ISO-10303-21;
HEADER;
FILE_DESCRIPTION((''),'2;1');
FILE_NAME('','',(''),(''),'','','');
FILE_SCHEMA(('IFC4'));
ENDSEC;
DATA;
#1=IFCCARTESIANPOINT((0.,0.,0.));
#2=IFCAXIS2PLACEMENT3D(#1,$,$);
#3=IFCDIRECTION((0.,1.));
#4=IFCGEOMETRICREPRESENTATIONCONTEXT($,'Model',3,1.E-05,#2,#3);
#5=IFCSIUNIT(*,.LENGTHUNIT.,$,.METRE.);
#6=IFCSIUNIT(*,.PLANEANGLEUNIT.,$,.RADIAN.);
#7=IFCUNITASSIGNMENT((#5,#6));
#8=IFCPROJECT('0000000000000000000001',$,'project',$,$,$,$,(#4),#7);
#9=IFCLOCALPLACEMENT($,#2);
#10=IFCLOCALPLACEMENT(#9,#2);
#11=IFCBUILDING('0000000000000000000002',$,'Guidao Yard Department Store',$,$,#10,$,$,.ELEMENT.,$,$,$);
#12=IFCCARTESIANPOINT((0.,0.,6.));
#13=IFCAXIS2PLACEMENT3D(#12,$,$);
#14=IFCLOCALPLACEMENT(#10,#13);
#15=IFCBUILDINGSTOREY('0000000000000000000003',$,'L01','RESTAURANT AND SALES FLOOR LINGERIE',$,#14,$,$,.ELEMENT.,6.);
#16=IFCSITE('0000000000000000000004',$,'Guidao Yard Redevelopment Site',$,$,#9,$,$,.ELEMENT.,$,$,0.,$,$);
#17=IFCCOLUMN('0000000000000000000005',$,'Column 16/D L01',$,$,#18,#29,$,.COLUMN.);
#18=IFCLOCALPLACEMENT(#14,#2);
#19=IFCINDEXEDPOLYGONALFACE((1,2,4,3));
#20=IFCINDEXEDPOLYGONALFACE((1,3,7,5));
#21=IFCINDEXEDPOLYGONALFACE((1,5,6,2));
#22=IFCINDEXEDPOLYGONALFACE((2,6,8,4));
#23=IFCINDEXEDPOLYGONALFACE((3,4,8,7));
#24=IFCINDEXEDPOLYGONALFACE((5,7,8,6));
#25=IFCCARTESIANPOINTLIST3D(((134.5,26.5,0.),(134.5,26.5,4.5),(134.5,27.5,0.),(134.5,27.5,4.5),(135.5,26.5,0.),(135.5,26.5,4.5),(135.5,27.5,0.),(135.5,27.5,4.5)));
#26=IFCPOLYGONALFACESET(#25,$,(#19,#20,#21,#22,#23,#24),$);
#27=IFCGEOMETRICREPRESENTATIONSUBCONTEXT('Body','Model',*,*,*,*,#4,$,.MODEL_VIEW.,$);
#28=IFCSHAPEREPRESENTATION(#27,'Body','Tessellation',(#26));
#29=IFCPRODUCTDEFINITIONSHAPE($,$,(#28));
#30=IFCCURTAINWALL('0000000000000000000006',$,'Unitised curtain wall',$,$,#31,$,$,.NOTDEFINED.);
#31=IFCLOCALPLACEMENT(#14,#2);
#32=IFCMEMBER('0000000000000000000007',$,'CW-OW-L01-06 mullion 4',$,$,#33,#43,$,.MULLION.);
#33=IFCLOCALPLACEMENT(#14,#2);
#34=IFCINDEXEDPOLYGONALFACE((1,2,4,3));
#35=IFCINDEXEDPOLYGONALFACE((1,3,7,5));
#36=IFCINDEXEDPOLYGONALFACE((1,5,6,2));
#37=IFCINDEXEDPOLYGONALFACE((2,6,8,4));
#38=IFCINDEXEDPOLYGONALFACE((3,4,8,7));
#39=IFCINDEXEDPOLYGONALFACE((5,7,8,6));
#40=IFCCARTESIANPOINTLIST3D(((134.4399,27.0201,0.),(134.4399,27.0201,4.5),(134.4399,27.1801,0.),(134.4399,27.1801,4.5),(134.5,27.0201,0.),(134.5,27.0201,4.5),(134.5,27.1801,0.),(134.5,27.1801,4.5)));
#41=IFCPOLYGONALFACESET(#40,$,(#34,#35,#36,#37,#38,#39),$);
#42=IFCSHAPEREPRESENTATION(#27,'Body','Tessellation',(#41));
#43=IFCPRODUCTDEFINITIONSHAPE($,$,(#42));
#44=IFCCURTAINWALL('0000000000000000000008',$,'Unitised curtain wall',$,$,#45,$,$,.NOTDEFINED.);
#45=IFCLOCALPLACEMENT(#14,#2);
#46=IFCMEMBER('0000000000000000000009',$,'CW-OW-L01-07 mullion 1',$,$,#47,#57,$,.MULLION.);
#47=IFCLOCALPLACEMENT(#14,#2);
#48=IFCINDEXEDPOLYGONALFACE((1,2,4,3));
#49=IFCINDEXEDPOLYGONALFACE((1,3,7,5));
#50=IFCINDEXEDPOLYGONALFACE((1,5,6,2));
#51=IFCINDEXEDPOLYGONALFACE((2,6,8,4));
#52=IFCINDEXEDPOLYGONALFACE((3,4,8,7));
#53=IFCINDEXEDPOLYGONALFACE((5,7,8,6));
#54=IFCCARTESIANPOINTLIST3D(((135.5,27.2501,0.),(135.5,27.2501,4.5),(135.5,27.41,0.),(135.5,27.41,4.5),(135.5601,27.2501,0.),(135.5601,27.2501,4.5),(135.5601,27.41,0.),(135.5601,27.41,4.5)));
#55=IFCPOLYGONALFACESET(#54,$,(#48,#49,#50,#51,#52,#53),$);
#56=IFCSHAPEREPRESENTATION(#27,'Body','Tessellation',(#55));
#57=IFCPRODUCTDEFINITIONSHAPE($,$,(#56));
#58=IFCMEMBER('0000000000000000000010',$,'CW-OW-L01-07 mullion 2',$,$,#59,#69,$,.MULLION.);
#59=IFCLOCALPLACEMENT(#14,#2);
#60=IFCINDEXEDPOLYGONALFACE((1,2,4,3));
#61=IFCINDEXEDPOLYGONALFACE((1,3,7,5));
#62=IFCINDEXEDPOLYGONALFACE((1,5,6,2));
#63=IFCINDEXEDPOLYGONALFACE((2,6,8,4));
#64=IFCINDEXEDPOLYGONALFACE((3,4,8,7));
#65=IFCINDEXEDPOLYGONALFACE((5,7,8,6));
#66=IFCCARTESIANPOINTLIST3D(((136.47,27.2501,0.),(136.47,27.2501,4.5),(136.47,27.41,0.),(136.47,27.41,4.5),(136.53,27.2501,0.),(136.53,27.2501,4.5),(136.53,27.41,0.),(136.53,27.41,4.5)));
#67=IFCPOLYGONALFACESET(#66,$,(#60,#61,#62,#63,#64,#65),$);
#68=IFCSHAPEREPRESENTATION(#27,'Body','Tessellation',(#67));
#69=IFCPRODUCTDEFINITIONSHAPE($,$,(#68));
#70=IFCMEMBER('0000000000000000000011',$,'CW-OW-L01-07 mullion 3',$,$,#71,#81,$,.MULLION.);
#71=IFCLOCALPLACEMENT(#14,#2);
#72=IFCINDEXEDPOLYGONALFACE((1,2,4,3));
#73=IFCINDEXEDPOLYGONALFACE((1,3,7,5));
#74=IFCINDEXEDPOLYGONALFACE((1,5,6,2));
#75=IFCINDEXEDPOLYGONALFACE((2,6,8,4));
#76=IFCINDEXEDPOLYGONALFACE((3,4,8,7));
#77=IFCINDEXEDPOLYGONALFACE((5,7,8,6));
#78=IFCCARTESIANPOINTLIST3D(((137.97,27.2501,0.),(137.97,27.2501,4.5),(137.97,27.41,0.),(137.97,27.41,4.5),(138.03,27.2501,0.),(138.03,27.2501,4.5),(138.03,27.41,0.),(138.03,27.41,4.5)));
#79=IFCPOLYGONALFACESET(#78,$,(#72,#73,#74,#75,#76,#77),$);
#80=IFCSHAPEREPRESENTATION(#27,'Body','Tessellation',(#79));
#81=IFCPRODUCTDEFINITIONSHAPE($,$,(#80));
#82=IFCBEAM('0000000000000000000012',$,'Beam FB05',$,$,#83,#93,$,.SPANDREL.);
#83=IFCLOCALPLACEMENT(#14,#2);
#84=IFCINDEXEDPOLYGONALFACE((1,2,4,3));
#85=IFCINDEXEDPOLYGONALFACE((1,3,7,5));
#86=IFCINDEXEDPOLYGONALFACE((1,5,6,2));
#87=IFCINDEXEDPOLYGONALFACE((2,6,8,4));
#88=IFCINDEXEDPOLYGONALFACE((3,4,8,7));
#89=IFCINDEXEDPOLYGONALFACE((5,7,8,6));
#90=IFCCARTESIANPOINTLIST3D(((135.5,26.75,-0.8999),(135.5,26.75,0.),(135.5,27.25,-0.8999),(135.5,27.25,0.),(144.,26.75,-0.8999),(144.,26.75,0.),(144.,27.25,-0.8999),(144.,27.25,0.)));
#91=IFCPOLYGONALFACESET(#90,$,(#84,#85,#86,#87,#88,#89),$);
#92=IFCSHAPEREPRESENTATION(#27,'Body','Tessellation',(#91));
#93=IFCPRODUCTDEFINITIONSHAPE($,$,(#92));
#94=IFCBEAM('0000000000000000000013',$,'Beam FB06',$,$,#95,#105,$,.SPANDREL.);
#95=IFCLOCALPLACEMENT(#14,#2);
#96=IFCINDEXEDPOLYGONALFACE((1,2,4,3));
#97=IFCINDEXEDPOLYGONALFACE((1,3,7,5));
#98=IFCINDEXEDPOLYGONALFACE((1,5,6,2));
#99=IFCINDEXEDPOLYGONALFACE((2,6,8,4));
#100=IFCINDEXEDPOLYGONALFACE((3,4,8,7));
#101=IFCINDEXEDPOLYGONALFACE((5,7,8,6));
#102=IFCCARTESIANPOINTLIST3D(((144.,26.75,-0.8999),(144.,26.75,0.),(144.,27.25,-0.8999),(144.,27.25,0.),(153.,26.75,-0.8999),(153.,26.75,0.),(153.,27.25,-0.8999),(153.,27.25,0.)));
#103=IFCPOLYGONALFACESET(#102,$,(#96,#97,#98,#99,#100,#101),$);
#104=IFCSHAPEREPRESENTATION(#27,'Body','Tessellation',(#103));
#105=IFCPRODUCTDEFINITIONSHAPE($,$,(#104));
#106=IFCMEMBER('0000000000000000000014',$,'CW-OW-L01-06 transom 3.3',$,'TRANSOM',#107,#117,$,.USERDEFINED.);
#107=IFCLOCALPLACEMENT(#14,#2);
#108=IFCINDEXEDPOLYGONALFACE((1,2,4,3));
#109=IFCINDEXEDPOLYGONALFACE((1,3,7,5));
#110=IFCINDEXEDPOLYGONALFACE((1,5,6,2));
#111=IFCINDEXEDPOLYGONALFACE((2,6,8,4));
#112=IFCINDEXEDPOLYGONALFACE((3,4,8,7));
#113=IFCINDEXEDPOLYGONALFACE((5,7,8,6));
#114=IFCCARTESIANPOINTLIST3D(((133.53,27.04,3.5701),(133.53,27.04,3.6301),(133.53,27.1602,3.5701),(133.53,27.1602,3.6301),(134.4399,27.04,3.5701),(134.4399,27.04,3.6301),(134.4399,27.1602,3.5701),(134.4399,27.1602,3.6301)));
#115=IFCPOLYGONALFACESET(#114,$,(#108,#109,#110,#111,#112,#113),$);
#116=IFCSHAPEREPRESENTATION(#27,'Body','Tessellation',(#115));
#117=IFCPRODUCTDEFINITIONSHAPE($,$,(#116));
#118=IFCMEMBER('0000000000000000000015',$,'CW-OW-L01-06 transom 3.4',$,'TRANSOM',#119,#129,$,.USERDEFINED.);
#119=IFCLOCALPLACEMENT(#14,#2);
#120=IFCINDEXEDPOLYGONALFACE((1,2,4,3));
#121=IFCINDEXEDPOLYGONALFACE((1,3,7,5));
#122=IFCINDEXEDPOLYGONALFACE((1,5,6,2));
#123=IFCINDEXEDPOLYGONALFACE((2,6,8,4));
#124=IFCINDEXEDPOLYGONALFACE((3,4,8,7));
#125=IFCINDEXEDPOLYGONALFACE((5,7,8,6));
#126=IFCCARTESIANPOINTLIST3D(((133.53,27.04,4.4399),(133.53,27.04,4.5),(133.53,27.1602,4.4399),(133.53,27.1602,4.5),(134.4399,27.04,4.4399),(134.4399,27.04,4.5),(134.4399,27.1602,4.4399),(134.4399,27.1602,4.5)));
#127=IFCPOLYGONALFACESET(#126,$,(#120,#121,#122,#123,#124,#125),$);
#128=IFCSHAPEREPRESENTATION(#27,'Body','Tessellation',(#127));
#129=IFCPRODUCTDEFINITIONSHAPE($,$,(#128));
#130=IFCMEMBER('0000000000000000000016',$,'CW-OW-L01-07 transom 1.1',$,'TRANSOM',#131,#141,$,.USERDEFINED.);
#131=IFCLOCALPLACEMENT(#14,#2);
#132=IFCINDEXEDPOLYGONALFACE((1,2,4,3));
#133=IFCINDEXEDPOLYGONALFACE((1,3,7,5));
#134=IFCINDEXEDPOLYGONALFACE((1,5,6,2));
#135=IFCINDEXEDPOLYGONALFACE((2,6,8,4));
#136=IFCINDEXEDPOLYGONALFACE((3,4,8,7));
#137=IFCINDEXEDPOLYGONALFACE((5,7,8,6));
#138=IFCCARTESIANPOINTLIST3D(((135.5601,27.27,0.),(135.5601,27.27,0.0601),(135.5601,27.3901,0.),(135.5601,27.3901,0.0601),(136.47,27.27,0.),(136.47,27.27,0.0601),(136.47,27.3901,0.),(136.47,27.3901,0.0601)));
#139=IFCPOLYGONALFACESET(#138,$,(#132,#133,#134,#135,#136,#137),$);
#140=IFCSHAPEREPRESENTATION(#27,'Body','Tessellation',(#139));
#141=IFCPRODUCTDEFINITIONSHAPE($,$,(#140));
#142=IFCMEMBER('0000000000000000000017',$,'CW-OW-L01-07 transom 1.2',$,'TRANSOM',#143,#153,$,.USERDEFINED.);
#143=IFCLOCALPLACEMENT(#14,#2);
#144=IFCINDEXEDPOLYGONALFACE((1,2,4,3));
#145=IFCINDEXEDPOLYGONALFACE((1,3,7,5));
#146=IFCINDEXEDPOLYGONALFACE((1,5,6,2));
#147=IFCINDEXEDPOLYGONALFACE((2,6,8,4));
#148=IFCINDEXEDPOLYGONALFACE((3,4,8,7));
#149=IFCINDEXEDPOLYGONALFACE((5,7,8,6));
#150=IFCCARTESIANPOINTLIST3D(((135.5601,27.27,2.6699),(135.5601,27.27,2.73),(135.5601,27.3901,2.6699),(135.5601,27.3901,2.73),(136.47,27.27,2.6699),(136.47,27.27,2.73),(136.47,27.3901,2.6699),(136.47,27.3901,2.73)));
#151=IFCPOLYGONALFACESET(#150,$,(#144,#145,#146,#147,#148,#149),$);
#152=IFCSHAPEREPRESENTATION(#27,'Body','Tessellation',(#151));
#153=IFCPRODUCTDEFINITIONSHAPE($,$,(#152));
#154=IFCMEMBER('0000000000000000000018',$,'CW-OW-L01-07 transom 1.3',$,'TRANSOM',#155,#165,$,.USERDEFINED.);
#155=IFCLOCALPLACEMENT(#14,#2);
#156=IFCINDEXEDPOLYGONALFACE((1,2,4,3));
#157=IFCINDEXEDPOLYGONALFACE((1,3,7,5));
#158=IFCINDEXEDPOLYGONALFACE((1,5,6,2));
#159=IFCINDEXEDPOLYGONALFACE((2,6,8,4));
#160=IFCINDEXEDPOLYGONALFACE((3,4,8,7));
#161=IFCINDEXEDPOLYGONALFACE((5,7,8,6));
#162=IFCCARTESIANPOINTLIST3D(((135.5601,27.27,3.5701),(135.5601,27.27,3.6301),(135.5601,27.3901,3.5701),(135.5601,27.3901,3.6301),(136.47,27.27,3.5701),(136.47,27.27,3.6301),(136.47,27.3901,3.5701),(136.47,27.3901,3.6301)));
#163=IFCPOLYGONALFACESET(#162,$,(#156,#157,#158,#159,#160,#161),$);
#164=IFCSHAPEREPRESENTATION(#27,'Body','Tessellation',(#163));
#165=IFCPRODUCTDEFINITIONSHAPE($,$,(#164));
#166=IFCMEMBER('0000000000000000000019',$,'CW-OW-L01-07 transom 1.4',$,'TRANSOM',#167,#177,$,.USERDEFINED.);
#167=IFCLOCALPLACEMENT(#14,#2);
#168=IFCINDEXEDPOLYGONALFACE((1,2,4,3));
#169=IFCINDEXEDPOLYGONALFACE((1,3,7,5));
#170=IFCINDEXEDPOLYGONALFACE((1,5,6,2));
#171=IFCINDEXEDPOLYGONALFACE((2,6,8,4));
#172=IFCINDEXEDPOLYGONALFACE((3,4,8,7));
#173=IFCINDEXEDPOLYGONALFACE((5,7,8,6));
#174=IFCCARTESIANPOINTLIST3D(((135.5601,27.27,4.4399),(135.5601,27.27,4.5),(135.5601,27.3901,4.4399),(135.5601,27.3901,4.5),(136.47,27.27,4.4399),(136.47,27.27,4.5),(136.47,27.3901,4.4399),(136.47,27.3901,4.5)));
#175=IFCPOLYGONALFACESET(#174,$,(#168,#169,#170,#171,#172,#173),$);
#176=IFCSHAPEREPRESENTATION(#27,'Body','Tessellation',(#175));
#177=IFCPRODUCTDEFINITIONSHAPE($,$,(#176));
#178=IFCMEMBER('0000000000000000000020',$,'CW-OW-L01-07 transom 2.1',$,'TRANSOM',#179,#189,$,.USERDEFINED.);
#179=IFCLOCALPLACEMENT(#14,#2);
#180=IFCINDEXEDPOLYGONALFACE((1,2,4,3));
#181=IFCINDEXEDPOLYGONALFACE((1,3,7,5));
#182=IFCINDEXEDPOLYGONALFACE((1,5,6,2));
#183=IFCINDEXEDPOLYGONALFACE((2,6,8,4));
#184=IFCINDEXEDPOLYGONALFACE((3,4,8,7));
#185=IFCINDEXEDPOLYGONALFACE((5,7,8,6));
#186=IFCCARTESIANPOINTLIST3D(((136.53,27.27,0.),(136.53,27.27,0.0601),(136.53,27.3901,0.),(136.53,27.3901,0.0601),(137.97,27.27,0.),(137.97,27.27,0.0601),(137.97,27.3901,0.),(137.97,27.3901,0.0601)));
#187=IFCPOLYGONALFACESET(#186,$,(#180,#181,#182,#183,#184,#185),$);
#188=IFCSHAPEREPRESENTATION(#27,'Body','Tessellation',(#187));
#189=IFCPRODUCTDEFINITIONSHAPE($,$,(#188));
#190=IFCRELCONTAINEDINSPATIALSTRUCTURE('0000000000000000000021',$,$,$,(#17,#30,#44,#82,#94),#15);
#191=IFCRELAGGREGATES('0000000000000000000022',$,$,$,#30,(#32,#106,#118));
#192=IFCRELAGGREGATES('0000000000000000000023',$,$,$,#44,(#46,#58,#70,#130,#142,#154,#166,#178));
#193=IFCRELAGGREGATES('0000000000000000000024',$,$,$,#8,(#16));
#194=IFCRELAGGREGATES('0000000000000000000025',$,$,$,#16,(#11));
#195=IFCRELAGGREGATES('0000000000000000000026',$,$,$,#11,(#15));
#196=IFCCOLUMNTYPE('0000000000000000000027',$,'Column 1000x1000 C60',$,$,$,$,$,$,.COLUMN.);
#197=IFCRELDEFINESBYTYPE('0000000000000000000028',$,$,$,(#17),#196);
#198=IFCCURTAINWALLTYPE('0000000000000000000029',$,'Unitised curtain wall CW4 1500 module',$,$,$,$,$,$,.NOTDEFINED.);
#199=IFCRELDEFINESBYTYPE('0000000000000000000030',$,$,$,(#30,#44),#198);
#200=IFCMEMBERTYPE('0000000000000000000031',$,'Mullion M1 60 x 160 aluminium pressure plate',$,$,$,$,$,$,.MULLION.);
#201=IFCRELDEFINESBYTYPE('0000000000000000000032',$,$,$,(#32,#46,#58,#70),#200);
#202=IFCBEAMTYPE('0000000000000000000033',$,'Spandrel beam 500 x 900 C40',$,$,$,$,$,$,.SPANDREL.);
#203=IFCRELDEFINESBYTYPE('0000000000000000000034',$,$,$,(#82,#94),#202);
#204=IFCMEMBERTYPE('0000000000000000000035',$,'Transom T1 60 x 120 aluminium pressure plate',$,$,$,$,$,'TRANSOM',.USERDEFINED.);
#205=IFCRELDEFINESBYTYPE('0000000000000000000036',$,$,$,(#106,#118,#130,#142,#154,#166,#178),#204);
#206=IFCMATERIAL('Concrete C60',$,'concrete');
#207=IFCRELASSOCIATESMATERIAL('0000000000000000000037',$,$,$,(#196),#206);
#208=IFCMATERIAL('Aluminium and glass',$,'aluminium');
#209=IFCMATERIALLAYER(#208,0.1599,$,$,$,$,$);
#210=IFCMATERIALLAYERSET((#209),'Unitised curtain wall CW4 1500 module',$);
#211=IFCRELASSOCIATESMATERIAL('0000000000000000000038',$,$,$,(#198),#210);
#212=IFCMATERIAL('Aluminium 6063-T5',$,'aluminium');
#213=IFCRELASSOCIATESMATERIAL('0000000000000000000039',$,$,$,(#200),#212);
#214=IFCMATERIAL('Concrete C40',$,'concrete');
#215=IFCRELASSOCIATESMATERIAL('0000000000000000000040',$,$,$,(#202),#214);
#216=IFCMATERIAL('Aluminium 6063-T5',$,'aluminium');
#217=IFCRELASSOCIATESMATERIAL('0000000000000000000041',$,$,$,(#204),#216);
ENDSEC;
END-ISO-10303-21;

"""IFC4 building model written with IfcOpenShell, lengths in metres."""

from ifc_helpers import new_model, si_unit, direction, frame, origin, origin_2d, place, context, subcontext, project, spatial, rectangle, extrude, material, layer, layer_set, material_profile, profile_set, type_object, element, aggregate, save


model = new_model("IFC4")

# Units and contexts
model_context = context("Model", 3, precision=1e-05, world=origin(), true_north=direction((0.0, 1.0)))
body_context = subcontext(model_context, "Body", "Model", "MODEL_VIEW")
ifc_project = project(units=[si_unit("LENGTHUNIT", "METRE"), si_unit("PLANEANGLEUNIT", "RADIAN")], contexts=[model_context])

# Site, building, storey
site_placement = place(None, origin())
site = spatial("IfcSite", under=ifc_project, at=site_placement, Name="Guidao Yard Redevelopment Site", CompositionType="ELEMENT", RefElevation=0.0)
building_placement = place(site_placement, origin())
building = spatial("IfcBuilding", under=site, at=building_placement, Name="Guidao Yard Department Store", CompositionType="ELEMENT")
storey_placement = place(building_placement, frame((0.0, 0.0, 6.0)))
storey = spatial("IfcBuildingStorey", under=building, at=storey_placement, Name="L01", Description="RESTAURANT AND SALES FLOOR LINGERIE", CompositionType="ELEMENT", Elevation=6.0)

# Column
ifc_material_1 = material(Name="Concrete C60", Category="concrete")
ifc_material_profile_1 = material_profile(ifc_material_1, rectangle(XDim=1.0, YDim=1.0, at=origin_2d()), Name="COL 1000x1000")
ifc_profile_set_1 = profile_set([ifc_material_profile_1], Name="Concrete C60")
column_type = type_object("IfcColumnType", Name="Column 1000x1000 C60", PredefinedType="COLUMN", material=ifc_profile_set_1)
column_placement = place(storey_placement, frame((135.0, 27.0, 0.0), z_axis=(0.0, 0.0, 1.0), x_axis=(1.0, 0.0, 0.0)))
element("IfcColumn", 1, at=column_placement, inside=storey, type_object=column_type, Name="Column 16/D L01", PredefinedType="COLUMN", context=body_context, shape_type="SweptSolid", body=[
    extrude(rectangle(XDim=1.0, YDim=1.0, at=origin_2d()), origin(), (0.0, 0.0, 1.0), 4.5),
])

# Curtain wall, member
ifc_material_2 = material(Name="Aluminium and glass", Category="aluminium")
ifc_layer_1 = layer(ifc_material_2, 0.1599)
ifc_layer_set_1 = layer_set([ifc_layer_1], Name="Unitised curtain wall CW4 1500 module")
curtain_wall_type = type_object("IfcCurtainWallType", Name="Unitised curtain wall CW4 1500 module", PredefinedType="NOTDEFINED", material=ifc_layer_set_1)
curtain_wall_1_placement = place(storey_placement, origin())
curtain_wall_1 = element("IfcCurtainWall", 2, at=curtain_wall_1_placement, inside=storey, type_object=curtain_wall_type, Name="Unitised curtain wall", PredefinedType="NOTDEFINED")
ifc_material_3 = material(Name="Aluminium 6063-T5", Category="aluminium")
ifc_material_profile_2 = material_profile(ifc_material_3, rectangle(XDim=0.0601, YDim=0.1599, at=origin_2d()), Name="Mullion M1 60 x 160 aluminium pressure plate")
ifc_profile_set_2 = profile_set([ifc_material_profile_2], Name="Aluminium 6063-T5")
member_type_1 = type_object("IfcMemberType", Name="Mullion M1 60 x 160 aluminium pressure plate", PredefinedType="MULLION", material=ifc_profile_set_2)
member_1_placement = place(storey_placement, frame((134.47, 27.1001, 0.0), z_axis=(0.0, 0.0, 1.0), x_axis=(1.0, 0.0, 0.0)))
member_1 = element("IfcMember", 3, at=member_1_placement, type_object=member_type_1, Name="CW-OW-L01-06 mullion 4", PredefinedType="MULLION", context=body_context, shape_type="SweptSolid", body=[
    extrude(rectangle(XDim=0.0601, YDim=0.1599, at=origin_2d()), origin(), (0.0, 0.0, 1.0), 4.5),
])

# Curtain wall, members
curtain_wall_2_placement = place(storey_placement, origin())
curtain_wall_2 = element("IfcCurtainWall", 4, at=curtain_wall_2_placement, inside=storey, type_object=curtain_wall_type, Name="Unitised curtain wall", PredefinedType="NOTDEFINED")
member_2_placement = place(storey_placement, frame((135.53, 27.3301, 0.0), z_axis=(0.0, 0.0, 1.0), x_axis=(1.0, 0.0, 0.0)))
member_2 = element("IfcMember", 5, at=member_2_placement, type_object=member_type_1, Name="CW-OW-L01-07 mullion 1", PredefinedType="MULLION", context=body_context, shape_type="SweptSolid", body=[
    extrude(rectangle(XDim=0.0601, YDim=0.1599, at=origin_2d()), origin(), (0.0, 0.0, 1.0), 4.5),
])
member_3_placement = place(storey_placement, frame((136.5, 27.3301, 0.0), z_axis=(0.0, 0.0, 1.0), x_axis=(1.0, 0.0, 0.0)))
member_3 = element("IfcMember", 6, at=member_3_placement, type_object=member_type_1, Name="CW-OW-L01-07 mullion 2", PredefinedType="MULLION", context=body_context, shape_type="SweptSolid", body=[
    extrude(rectangle(XDim=0.0601, YDim=0.1599, at=origin_2d()), origin(), (0.0, 0.0, 1.0), 4.5),
])
member_4_placement = place(storey_placement, frame((138.0, 27.3301, 0.0), z_axis=(0.0, 0.0, 1.0), x_axis=(1.0, 0.0, 0.0)))
member_4 = element("IfcMember", 7, at=member_4_placement, type_object=member_type_1, Name="CW-OW-L01-07 mullion 3", PredefinedType="MULLION", context=body_context, shape_type="SweptSolid", body=[
    extrude(rectangle(XDim=0.0601, YDim=0.1599, at=origin_2d()), origin(), (0.0, 0.0, 1.0), 4.5),
])

# Beams
ifc_material_4 = material(Name="Concrete C40", Category="concrete")
ifc_material_profile_3 = material_profile(ifc_material_4, rectangle(XDim=0.5, YDim=0.8999, at=origin_2d()), Name="Spandrel beam 500 x 900 C40")
ifc_profile_set_3 = profile_set([ifc_material_profile_3], Name="Concrete C40")
beam_type = type_object("IfcBeamType", Name="Spandrel beam 500 x 900 C40", PredefinedType="SPANDREL", material=ifc_profile_set_3)
beam_1_placement = place(storey_placement, frame((135.5, 27.0, -0.45), z_axis=(1.0, 0.0, 0.0), x_axis=(0.0, 1.0, 0.0)))
element("IfcBeam", 8, at=beam_1_placement, inside=storey, type_object=beam_type, Name="Beam FB05", PredefinedType="SPANDREL", context=body_context, shape_type="SweptSolid", body=[
    extrude(rectangle(XDim=0.5, YDim=0.8999, at=origin_2d()), origin(), (0.0, 0.0, 1.0), 8.5),
])
beam_2_placement = place(storey_placement, frame((144.0, 27.0, -0.45), z_axis=(1.0, 0.0, 0.0), x_axis=(0.0, 1.0, 0.0)))
element("IfcBeam", 9, at=beam_2_placement, inside=storey, type_object=beam_type, Name="Beam FB06", PredefinedType="SPANDREL", context=body_context, shape_type="SweptSolid", body=[
    extrude(rectangle(XDim=0.5, YDim=0.8999, at=origin_2d()), origin(), (0.0, 0.0, 1.0), 9.0),
])

# Members
ifc_material_5 = material(Name="Aluminium 6063-T5", Category="aluminium")
ifc_material_profile_4 = material_profile(ifc_material_5, rectangle(XDim=0.1201, YDim=0.0601, at=origin_2d()), Name="Transom T1 60 x 120 aluminium pressure plate")
ifc_profile_set_4 = profile_set([ifc_material_profile_4], Name="Aluminium 6063-T5")
member_type_2 = type_object("IfcMemberType", Name="Transom T1 60 x 120 aluminium pressure plate", ElementType="TRANSOM", PredefinedType="USERDEFINED", material=ifc_profile_set_4)
member_5_placement = place(storey_placement, frame((133.53, 27.1001, 3.6001), z_axis=(1.0, 0.0, 0.0), x_axis=(0.0, 1.0, 0.0)))
member_5 = element("IfcMember", 10, at=member_5_placement, type_object=member_type_2, Name="CW-OW-L01-06 transom 3.3", ObjectType="TRANSOM", PredefinedType="USERDEFINED", context=body_context, shape_type="SweptSolid", body=[
    extrude(rectangle(XDim=0.1201, YDim=0.0601, at=origin_2d()), origin(), (0.0, 0.0, 1.0), 0.9099),
])
member_6_placement = place(storey_placement, frame((133.53, 27.1001, 4.47), z_axis=(1.0, 0.0, 0.0), x_axis=(0.0, 1.0, 0.0)))
member_6 = element("IfcMember", 11, at=member_6_placement, type_object=member_type_2, Name="CW-OW-L01-06 transom 3.4", ObjectType="TRANSOM", PredefinedType="USERDEFINED", context=body_context, shape_type="SweptSolid", body=[
    extrude(rectangle(XDim=0.1201, YDim=0.0601, at=origin_2d()), origin(), (0.0, 0.0, 1.0), 0.9099),
])
member_7_placement = place(storey_placement, frame((135.5601, 27.3301, 0.03), z_axis=(1.0, 0.0, 0.0), x_axis=(0.0, 1.0, 0.0)))
member_7 = element("IfcMember", 12, at=member_7_placement, type_object=member_type_2, Name="CW-OW-L01-07 transom 1.1", ObjectType="TRANSOM", PredefinedType="USERDEFINED", context=body_context, shape_type="SweptSolid", body=[
    extrude(rectangle(XDim=0.1201, YDim=0.0601, at=origin_2d()), origin(), (0.0, 0.0, 1.0), 0.9099),
])
member_8_placement = place(storey_placement, frame((135.5601, 27.3301, 2.7), z_axis=(1.0, 0.0, 0.0), x_axis=(0.0, 1.0, 0.0)))
member_8 = element("IfcMember", 13, at=member_8_placement, type_object=member_type_2, Name="CW-OW-L01-07 transom 1.2", ObjectType="TRANSOM", PredefinedType="USERDEFINED", context=body_context, shape_type="SweptSolid", body=[
    extrude(rectangle(XDim=0.1201, YDim=0.0601, at=origin_2d()), origin(), (0.0, 0.0, 1.0), 0.9099),
])
member_9_placement = place(storey_placement, frame((135.5601, 27.3301, 3.6001), z_axis=(1.0, 0.0, 0.0), x_axis=(0.0, 1.0, 0.0)))
member_9 = element("IfcMember", 14, at=member_9_placement, type_object=member_type_2, Name="CW-OW-L01-07 transom 1.3", ObjectType="TRANSOM", PredefinedType="USERDEFINED", context=body_context, shape_type="SweptSolid", body=[
    extrude(rectangle(XDim=0.1201, YDim=0.0601, at=origin_2d()), origin(), (0.0, 0.0, 1.0), 0.9099),
])
member_10_placement = place(storey_placement, frame((135.5601, 27.3301, 4.47), z_axis=(1.0, 0.0, 0.0), x_axis=(0.0, 1.0, 0.0)))
member_10 = element("IfcMember", 15, at=member_10_placement, type_object=member_type_2, Name="CW-OW-L01-07 transom 1.4", ObjectType="TRANSOM", PredefinedType="USERDEFINED", context=body_context, shape_type="SweptSolid", body=[
    extrude(rectangle(XDim=0.1201, YDim=0.0601, at=origin_2d()), origin(), (0.0, 0.0, 1.0), 0.9099),
])
member_11_placement = place(storey_placement, frame((136.53, 27.3301, 0.03), z_axis=(1.0, 0.0, 0.0), x_axis=(0.0, 1.0, 0.0)))
member_11 = element("IfcMember", 16, at=member_11_placement, type_object=member_type_2, Name="CW-OW-L01-07 transom 2.1", ObjectType="TRANSOM", PredefinedType="USERDEFINED", context=body_context, shape_type="SweptSolid", body=[
    extrude(rectangle(XDim=0.1201, YDim=0.0601, at=origin_2d()), origin(), (0.0, 0.0, 1.0), 1.4399),
])

aggregate(curtain_wall_1, [member_1, member_5, member_6])
aggregate(curtain_wall_2, [member_2, member_3, member_4, member_7, member_8, member_9, member_10, member_11])

save(model, "model.ifc")
